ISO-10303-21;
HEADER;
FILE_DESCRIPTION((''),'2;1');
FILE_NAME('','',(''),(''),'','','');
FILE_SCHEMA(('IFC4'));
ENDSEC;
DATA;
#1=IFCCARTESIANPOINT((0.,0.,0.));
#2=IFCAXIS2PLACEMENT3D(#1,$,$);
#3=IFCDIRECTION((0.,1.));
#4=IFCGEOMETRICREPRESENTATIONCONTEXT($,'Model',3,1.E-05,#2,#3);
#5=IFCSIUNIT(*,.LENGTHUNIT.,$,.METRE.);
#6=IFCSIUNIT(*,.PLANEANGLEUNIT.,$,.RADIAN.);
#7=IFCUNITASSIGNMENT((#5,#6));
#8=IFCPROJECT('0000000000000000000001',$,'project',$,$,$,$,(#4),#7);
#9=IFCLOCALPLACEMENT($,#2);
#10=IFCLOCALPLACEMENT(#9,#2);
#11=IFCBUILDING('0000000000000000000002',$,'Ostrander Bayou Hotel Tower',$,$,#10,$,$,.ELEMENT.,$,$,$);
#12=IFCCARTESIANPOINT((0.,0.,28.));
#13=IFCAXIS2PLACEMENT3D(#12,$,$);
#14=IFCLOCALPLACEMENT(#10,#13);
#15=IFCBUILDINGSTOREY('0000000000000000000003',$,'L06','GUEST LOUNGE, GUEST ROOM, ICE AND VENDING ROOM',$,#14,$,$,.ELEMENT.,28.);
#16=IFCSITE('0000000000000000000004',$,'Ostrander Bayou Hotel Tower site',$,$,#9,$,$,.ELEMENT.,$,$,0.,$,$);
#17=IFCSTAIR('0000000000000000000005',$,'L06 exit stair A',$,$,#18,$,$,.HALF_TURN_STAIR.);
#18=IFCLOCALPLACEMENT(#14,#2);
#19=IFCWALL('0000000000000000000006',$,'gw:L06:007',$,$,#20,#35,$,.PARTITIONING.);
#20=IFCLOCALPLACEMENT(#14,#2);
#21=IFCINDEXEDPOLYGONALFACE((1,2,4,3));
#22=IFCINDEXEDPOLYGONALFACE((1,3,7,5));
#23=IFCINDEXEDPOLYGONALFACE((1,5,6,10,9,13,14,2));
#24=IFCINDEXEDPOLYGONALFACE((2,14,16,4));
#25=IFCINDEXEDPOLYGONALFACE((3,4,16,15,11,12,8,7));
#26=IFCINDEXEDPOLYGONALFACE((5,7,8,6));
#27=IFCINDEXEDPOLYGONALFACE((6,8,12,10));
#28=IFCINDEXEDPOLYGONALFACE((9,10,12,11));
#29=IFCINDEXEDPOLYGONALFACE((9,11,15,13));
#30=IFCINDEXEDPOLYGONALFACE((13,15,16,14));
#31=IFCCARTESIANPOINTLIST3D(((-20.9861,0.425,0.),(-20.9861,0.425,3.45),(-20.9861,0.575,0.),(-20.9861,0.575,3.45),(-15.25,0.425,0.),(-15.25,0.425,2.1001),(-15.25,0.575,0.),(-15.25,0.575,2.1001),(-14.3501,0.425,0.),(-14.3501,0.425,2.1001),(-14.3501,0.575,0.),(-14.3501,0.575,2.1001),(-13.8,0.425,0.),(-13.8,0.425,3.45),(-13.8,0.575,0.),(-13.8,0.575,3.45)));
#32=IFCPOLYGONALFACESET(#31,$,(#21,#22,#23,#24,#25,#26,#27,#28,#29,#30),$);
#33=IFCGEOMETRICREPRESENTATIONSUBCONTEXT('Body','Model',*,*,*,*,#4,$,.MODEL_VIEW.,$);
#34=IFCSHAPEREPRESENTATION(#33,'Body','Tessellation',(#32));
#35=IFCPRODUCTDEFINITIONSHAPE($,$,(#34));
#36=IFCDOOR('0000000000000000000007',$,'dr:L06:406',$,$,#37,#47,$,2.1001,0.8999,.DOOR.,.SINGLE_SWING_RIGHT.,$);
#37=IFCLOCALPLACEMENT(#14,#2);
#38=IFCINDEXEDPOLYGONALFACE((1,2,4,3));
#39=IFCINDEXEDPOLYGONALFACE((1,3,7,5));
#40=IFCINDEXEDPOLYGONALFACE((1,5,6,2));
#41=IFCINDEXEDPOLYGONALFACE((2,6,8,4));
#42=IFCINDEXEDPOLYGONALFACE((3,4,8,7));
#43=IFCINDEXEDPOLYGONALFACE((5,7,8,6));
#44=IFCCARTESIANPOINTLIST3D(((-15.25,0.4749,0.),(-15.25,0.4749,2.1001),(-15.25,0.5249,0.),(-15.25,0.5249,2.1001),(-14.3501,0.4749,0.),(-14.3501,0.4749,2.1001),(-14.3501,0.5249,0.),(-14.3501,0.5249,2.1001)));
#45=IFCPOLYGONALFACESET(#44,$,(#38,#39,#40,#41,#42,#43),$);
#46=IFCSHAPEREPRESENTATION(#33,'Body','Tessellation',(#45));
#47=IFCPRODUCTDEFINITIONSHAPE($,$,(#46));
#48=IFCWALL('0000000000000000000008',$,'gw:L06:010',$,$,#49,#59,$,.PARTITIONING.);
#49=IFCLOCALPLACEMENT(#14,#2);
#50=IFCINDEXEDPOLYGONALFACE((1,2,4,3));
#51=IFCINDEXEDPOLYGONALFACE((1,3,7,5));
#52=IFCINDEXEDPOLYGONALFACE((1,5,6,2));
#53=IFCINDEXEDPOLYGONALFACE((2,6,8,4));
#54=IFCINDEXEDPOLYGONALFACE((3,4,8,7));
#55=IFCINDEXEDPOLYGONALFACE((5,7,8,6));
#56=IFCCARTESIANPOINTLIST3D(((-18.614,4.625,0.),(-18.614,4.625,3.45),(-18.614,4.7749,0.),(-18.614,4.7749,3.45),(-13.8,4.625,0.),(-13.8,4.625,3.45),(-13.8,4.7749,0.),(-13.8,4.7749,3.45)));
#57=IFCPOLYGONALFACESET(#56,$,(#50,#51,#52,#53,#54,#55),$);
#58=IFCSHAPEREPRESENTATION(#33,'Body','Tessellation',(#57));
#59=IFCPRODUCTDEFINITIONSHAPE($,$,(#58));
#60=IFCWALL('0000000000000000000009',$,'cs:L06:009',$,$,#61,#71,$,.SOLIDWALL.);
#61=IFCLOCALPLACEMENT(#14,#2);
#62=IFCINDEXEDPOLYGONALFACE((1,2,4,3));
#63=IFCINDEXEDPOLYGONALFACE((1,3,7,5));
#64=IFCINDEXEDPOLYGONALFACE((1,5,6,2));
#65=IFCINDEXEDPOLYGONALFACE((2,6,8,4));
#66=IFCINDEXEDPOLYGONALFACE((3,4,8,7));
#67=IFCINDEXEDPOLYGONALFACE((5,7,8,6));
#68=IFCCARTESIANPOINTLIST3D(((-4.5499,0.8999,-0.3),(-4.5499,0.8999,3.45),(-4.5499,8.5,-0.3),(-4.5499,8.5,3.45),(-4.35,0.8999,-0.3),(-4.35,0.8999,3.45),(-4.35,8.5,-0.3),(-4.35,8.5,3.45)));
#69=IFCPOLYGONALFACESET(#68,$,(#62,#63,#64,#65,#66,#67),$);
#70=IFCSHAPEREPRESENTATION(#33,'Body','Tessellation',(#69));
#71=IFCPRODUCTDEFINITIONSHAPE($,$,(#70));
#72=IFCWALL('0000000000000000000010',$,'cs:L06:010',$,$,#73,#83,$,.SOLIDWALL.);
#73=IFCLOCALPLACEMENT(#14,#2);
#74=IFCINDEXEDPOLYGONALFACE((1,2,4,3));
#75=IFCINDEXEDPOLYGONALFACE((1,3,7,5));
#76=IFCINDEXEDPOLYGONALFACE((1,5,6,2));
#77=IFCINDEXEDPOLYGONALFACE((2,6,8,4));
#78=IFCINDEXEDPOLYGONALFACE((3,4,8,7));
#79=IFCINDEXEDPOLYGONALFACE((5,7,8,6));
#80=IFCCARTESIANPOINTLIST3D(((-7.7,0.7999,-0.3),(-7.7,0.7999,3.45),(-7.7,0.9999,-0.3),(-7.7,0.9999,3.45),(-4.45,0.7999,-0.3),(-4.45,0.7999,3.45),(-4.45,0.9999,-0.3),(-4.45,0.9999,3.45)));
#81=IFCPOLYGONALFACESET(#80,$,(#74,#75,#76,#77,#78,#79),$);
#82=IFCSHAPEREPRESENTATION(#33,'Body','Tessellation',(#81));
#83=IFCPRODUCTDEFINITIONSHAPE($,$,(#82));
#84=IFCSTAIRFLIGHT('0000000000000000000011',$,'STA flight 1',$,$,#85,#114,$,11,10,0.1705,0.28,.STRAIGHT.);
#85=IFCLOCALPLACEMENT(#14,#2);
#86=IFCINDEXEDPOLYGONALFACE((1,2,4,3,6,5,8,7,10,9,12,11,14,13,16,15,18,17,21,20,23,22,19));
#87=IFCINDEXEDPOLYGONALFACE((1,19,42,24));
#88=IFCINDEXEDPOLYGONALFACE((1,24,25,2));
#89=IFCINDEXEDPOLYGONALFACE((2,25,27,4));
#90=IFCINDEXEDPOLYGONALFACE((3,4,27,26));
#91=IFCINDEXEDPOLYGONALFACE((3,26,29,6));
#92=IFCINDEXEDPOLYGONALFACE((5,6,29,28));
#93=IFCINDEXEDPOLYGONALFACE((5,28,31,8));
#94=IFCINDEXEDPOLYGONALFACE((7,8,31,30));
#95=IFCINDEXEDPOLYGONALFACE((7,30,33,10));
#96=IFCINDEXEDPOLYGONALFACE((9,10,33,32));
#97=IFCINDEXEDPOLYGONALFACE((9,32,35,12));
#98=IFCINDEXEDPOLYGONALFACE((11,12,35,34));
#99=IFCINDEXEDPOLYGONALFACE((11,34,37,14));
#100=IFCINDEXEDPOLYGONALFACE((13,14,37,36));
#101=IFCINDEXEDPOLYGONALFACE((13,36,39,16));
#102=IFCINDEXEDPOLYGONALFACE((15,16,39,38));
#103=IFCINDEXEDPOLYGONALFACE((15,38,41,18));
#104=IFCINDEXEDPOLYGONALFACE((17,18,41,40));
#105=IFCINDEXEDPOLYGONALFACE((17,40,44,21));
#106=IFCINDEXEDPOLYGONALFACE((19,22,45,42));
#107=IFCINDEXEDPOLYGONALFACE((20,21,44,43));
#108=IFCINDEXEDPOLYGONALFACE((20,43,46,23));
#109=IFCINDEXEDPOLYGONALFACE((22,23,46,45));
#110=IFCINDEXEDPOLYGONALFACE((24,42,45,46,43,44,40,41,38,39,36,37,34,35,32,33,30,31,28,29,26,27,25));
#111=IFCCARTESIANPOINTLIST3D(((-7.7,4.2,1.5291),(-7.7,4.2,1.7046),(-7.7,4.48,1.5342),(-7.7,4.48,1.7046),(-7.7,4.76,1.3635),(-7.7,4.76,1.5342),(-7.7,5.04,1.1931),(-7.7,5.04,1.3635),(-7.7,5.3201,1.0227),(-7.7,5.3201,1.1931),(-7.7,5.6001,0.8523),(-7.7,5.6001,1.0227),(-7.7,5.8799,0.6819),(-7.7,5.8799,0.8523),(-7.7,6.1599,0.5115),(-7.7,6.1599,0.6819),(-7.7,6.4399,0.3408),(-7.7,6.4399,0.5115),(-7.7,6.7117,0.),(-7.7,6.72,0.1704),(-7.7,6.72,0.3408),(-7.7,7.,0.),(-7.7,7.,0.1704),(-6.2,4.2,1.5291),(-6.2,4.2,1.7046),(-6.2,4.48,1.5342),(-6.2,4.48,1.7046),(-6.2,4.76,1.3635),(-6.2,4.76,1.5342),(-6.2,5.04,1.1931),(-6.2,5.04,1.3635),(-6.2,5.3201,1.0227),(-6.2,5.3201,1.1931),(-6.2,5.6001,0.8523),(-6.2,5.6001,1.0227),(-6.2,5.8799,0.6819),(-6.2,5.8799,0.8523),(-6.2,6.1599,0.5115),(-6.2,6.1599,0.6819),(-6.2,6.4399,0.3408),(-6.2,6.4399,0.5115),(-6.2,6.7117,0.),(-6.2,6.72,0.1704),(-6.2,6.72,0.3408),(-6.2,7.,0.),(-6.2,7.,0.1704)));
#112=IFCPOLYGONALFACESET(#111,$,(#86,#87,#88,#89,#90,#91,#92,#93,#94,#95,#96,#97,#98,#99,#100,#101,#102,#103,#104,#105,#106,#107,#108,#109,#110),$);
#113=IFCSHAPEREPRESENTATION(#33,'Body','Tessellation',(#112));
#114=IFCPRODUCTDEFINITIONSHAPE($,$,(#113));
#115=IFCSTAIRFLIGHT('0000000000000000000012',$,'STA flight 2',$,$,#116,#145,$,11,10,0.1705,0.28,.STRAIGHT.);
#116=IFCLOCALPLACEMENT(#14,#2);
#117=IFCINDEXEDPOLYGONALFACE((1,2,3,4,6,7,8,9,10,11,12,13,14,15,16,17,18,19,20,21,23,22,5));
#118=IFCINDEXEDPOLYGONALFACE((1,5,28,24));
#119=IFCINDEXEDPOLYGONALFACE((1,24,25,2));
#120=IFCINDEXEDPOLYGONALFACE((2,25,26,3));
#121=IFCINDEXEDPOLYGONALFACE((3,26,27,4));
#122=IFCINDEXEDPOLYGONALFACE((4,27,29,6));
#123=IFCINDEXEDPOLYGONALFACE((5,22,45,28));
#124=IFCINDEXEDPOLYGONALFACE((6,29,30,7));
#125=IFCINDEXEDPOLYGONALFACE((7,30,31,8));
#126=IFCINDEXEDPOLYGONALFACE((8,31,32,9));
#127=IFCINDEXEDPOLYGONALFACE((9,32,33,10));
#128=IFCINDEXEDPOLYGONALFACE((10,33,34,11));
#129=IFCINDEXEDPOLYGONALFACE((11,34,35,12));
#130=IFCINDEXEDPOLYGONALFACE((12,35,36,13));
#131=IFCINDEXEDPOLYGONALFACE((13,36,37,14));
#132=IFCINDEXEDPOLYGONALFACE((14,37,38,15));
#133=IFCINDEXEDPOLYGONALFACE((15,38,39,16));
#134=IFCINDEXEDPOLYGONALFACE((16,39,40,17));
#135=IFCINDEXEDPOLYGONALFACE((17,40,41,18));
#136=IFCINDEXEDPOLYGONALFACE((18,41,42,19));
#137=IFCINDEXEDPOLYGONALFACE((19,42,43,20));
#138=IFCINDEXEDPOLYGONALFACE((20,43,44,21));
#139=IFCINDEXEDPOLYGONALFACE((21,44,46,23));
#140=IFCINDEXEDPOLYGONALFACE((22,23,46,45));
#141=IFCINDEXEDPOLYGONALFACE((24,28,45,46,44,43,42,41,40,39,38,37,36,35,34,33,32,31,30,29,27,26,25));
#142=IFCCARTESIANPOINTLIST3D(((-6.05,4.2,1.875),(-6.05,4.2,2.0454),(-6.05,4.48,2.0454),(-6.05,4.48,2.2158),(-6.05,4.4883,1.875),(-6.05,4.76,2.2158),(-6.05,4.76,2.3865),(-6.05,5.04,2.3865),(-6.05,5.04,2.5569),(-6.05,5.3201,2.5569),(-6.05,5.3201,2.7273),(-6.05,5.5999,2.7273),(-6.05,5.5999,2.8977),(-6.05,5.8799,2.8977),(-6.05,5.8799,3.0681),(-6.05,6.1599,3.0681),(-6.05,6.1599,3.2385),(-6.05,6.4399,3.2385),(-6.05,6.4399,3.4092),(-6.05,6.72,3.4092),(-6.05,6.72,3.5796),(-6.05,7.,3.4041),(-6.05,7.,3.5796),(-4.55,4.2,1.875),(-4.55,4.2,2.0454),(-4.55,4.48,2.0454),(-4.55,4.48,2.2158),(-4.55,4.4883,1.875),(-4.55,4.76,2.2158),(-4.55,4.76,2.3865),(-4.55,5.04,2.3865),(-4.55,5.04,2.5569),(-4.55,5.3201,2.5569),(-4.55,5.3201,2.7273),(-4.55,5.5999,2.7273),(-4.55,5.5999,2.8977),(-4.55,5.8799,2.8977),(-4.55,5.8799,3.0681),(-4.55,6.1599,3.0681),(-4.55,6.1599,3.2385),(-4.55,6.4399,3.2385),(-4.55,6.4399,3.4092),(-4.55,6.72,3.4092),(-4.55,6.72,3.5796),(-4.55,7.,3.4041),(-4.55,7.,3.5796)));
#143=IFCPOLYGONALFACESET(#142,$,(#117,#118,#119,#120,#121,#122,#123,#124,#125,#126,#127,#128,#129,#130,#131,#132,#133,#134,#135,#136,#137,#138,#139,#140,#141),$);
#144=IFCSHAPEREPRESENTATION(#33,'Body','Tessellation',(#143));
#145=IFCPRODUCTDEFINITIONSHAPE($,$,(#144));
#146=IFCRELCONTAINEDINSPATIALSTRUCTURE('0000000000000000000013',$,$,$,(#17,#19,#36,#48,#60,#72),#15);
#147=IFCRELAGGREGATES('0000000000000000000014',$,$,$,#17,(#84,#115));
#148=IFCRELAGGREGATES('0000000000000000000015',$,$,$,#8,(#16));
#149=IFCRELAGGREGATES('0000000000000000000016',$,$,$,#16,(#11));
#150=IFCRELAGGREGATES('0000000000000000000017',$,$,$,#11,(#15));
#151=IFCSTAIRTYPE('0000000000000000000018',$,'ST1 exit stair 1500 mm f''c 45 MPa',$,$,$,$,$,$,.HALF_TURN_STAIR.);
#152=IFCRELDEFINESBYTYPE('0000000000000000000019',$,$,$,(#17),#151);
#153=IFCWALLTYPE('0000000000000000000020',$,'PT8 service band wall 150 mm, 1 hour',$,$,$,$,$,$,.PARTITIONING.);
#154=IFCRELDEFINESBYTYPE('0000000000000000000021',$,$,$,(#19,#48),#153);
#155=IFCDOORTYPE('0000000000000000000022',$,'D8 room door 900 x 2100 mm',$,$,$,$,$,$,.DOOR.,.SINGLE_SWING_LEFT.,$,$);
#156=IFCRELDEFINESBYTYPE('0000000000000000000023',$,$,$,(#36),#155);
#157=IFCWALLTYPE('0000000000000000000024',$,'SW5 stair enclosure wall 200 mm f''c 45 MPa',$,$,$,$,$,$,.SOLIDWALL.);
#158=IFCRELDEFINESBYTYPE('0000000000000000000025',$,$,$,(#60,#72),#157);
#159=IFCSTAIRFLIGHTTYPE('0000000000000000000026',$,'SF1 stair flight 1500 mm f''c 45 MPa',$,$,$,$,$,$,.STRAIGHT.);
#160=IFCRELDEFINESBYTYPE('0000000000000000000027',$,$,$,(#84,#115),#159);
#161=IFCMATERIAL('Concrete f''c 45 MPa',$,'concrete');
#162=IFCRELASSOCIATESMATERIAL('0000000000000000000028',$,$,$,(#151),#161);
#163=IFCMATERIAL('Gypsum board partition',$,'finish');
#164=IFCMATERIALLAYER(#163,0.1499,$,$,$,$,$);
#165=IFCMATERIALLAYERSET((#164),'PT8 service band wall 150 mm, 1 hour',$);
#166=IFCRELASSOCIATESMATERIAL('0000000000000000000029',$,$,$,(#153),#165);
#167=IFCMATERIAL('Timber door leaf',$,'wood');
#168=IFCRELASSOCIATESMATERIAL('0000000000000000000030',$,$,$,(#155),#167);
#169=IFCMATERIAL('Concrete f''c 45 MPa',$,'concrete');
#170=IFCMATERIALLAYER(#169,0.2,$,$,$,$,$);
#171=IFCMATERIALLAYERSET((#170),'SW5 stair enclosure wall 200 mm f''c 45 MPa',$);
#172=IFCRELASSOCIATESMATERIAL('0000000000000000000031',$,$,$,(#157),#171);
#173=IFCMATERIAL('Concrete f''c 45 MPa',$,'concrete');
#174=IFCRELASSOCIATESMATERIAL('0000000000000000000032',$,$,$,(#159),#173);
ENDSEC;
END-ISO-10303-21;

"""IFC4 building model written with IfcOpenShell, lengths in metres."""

from ifc_helpers import new_model, si_unit, direction, frame, frame_2d, origin, place, context, subcontext, project, spatial, polyline, rectangle, outline, extrude, material, layer, layer_set, type_object, element, fill, aggregate, save


model = new_model("IFC4")

# Units and contexts
model_context = context("Model", 3, precision=1e-05, world=origin(), true_north=direction((0.0, 1.0)))
body_context = subcontext(model_context, "Body", "Model", "MODEL_VIEW")
ifc_project = project(units=[si_unit("LENGTHUNIT", "METRE"), si_unit("PLANEANGLEUNIT", "RADIAN")], contexts=[model_context])

# Site, building, storey
site_placement = place(None, origin())
site = spatial("IfcSite", under=ifc_project, at=site_placement, Name="Ostrander Bayou Hotel Tower site", CompositionType="ELEMENT", RefElevation=0.0)
building_placement = place(site_placement, origin())
building = spatial("IfcBuilding", under=site, at=building_placement, Name="Ostrander Bayou Hotel Tower", CompositionType="ELEMENT")
storey_placement = place(building_placement, frame((0.0, 0.0, 28.0)))
storey = spatial("IfcBuildingStorey", under=building, at=storey_placement, Name="L06", Description="GUEST LOUNGE, GUEST ROOM, ICE AND VENDING ROOM", CompositionType="ELEMENT", Elevation=28.0)

# Stair
ifc_material_1 = material(Name="Concrete f'c 45 MPa", Category="concrete")
stair_type = type_object("IfcStairType", Name="ST1 exit stair 1500 mm f'c 45 MPa", PredefinedType="HALF_TURN_STAIR", material=ifc_material_1)
stair_placement = place(storey_placement, origin())
stair = element("IfcStair", 1, at=stair_placement, inside=storey, type_object=stair_type, Name="L06 exit stair A", PredefinedType="HALF_TURN_STAIR")

# Wall, opening, door
ifc_material_2 = material(Name="Gypsum board partition", Category="finish")
ifc_layer_1 = layer(ifc_material_2, 0.1499)
ifc_layer_set_1 = layer_set([ifc_layer_1], Name="PT8 service band wall 150 mm, 1 hour")
wall_type_1 = type_object("IfcWallType", Name="PT8 service band wall 150 mm, 1 hour", PredefinedType="PARTITIONING", material=ifc_layer_set_1)
wall_1_placement = place(storey_placement, frame((-20.9861, 0.5, 0.0), z_axis=(0.0, 0.0, 1.0), x_axis=(1.0, 0.0, 0.0)))
wall_1 = element("IfcWall", 2, at=wall_1_placement, inside=storey, type_object=wall_type_1, Name="gw:L06:007", PredefinedType="PARTITIONING", context=body_context, shape_type="SweptSolid", body=[
    extrude(rectangle(XDim=7.186, YDim=0.1499, at=frame_2d((3.593, 0.0))), origin(), (0.0, 0.0, 1.0), 3.45),
])
opening_1_placement = place(wall_1_placement, frame((5.7361, 0.0, 0.0)))
opening_1 = element("IfcOpeningElement", 3, at=opening_1_placement, cuts=wall_1, PredefinedType="OPENING", context=body_context, shape_type="SweptSolid", body=[
    extrude(rectangle(XDim=0.8999, YDim=2.1001, at=frame_2d((0.45, 1.05))), frame((0.0, 0.075, 0.0), z_axis=(0.0, -1.0, 0.0), x_axis=(1.0, 0.0, 0.0)), (0.0, 0.0, 1.0), 0.1499),
])
ifc_material_3 = material(Name="Timber door leaf", Category="wood")
door_type_1 = type_object("IfcDoorType", Name="D8 room door 900 x 2100 mm", OperationType="SINGLE_SWING_LEFT", PredefinedType="DOOR", material=ifc_material_3)
door_1_placement = place(opening_1_placement, origin())
door_1 = element("IfcDoor", 4, at=door_1_placement, inside=storey, type_object=door_type_1, Name="dr:L06:406", OperationType="SINGLE_SWING_RIGHT", OverallHeight=2.1001, OverallWidth=0.8999, PredefinedType="DOOR", context=body_context, shape_type="SweptSolid", body=[
    extrude(rectangle(XDim=0.8999, YDim=2.1001, at=frame_2d((0.45, 1.05))), frame((0.0, 0.0249, 0.0), z_axis=(0.0, -1.0, 0.0), x_axis=(1.0, 0.0, 0.0)), (0.0, 0.0, 1.0), 0.05),
])
fill(opening_1, door_1)

# Walls
wall_2_placement = place(storey_placement, frame((-18.614, 4.7, 0.0), z_axis=(0.0, 0.0, 1.0), x_axis=(1.0, 0.0, 0.0)))
element("IfcWall", 5, at=wall_2_placement, inside=storey, type_object=wall_type_1, Name="gw:L06:010", PredefinedType="PARTITIONING", context=body_context, shape_type="SweptSolid", body=[
    extrude(rectangle(XDim=4.814, YDim=0.1499, at=frame_2d((2.407, 0.0))), origin(), (0.0, 0.0, 1.0), 3.45),
])
ifc_material_4 = material(Name="Concrete f'c 45 MPa", Category="concrete")
ifc_layer_2 = layer(ifc_material_4, 0.2)
ifc_layer_set_2 = layer_set([ifc_layer_2], Name="SW5 stair enclosure wall 200 mm f'c 45 MPa")
wall_type_2 = type_object("IfcWallType", Name="SW5 stair enclosure wall 200 mm f'c 45 MPa", PredefinedType="SOLIDWALL", material=ifc_layer_set_2)
wall_3_placement = place(storey_placement, frame((-4.45, 0.8999, -0.3), z_axis=(0.0, 0.0, 1.0), x_axis=(0.0, 1.0, 0.0)))
element("IfcWall", 6, at=wall_3_placement, inside=storey, type_object=wall_type_2, Name="cs:L06:009", PredefinedType="SOLIDWALL", context=body_context, shape_type="SweptSolid", body=[
    extrude(rectangle(XDim=7.6001, YDim=0.2, at=frame_2d((3.8, 0.0))), origin(), (0.0, 0.0, 1.0), 3.75),
])
wall_4_placement = place(storey_placement, frame((-7.7, 0.8999, -0.3), z_axis=(0.0, 0.0, 1.0), x_axis=(1.0, 0.0, 0.0)))
element("IfcWall", 7, at=wall_4_placement, inside=storey, type_object=wall_type_2, Name="cs:L06:010", PredefinedType="SOLIDWALL", context=body_context, shape_type="SweptSolid", body=[
    extrude(rectangle(XDim=3.25, YDim=0.2, at=frame_2d((1.625, 0.0))), origin(), (0.0, 0.0, 1.0), 3.75),
])

# Stair flights
ifc_material_5 = material(Name="Concrete f'c 45 MPa", Category="concrete")
stair_flight_type = type_object("IfcStairFlightType", Name="SF1 stair flight 1500 mm f'c 45 MPa", PredefinedType="STRAIGHT", material=ifc_material_5)
stair_flight_1_placement = place(storey_placement, frame((-6.95, 7.0, 0.0), z_axis=(0.0, 0.0, 1.0), x_axis=(0.0, -1.0, 0.0)))
stair_flight_1 = element("IfcStairFlight", 8, at=stair_flight_1_placement, type_object=stair_flight_type, Name="STA flight 1", NumberOfRisers=11, NumberOfTreads=10, PredefinedType="STRAIGHT", RiserHeight=0.1705, TreadLength=0.28, context=body_context, shape_type="SweptSolid", body=[
    extrude(outline(polyline([(0.0, 0.0), (0.0, 0.1704), (0.28, 0.1704), (0.28, 0.3408), (0.5601, 0.3408), (0.5601, 0.5115), (0.8401, 0.5115), (0.8401, 0.6819), (1.1201, 0.6819), (1.1201, 0.8523), (1.3999, 0.8523), (1.3999, 1.0227), (1.6799, 1.0227), (1.6799, 1.1931), (1.96, 1.1931), (1.96, 1.3635), (2.24, 1.3635), (2.24, 1.5342), (2.52, 1.5342), (2.52, 1.7046), (2.8, 1.7046), (2.8, 1.875), (2.8, 1.5291), (0.2883, 0.0), (0.0, 0.0)])), frame((0.0, 0.75, 0.0), z_axis=(0.0, -1.0, 0.0), x_axis=(1.0, 0.0, 0.0)), (0.0, 0.0, 1.0), 1.5),
])
stair_flight_2_placement = place(storey_placement, frame((-5.3, 4.2, 1.875), z_axis=(0.0, 0.0, 1.0), x_axis=(0.0, 1.0, 0.0)))
stair_flight_2 = element("IfcStairFlight", 9, at=stair_flight_2_placement, type_object=stair_flight_type, Name="STA flight 2", NumberOfRisers=11, NumberOfTreads=10, PredefinedType="STRAIGHT", RiserHeight=0.1705, TreadLength=0.28, context=body_context, shape_type="SweptSolid", body=[
    extrude(outline(polyline([(0.0, 0.0), (0.0, 0.1704), (0.28, 0.1704), (0.28, 0.3408), (0.5601, 0.3408), (0.5601, 0.5115), (0.8401, 0.5115), (0.8401, 0.6819), (1.1201, 0.6819), (1.1201, 0.8523), (1.3999, 0.8523), (1.3999, 1.0227), (1.6799, 1.0227), (1.6799, 1.1931), (1.96, 1.1931), (1.96, 1.3635), (2.24, 1.3635), (2.24, 1.5342), (2.52, 1.5342), (2.52, 1.7046), (2.8, 1.7046), (2.8, 1.875), (2.8, 1.5291), (0.2883, 0.0), (0.0, 0.0)])), frame((0.0, 0.75, 0.0), z_axis=(0.0, -1.0, 0.0), x_axis=(1.0, 0.0, 0.0)), (0.0, 0.0, 1.0), 1.5),
])
aggregate(stair, [stair_flight_1, stair_flight_2])

save(model, "model.ifc")
